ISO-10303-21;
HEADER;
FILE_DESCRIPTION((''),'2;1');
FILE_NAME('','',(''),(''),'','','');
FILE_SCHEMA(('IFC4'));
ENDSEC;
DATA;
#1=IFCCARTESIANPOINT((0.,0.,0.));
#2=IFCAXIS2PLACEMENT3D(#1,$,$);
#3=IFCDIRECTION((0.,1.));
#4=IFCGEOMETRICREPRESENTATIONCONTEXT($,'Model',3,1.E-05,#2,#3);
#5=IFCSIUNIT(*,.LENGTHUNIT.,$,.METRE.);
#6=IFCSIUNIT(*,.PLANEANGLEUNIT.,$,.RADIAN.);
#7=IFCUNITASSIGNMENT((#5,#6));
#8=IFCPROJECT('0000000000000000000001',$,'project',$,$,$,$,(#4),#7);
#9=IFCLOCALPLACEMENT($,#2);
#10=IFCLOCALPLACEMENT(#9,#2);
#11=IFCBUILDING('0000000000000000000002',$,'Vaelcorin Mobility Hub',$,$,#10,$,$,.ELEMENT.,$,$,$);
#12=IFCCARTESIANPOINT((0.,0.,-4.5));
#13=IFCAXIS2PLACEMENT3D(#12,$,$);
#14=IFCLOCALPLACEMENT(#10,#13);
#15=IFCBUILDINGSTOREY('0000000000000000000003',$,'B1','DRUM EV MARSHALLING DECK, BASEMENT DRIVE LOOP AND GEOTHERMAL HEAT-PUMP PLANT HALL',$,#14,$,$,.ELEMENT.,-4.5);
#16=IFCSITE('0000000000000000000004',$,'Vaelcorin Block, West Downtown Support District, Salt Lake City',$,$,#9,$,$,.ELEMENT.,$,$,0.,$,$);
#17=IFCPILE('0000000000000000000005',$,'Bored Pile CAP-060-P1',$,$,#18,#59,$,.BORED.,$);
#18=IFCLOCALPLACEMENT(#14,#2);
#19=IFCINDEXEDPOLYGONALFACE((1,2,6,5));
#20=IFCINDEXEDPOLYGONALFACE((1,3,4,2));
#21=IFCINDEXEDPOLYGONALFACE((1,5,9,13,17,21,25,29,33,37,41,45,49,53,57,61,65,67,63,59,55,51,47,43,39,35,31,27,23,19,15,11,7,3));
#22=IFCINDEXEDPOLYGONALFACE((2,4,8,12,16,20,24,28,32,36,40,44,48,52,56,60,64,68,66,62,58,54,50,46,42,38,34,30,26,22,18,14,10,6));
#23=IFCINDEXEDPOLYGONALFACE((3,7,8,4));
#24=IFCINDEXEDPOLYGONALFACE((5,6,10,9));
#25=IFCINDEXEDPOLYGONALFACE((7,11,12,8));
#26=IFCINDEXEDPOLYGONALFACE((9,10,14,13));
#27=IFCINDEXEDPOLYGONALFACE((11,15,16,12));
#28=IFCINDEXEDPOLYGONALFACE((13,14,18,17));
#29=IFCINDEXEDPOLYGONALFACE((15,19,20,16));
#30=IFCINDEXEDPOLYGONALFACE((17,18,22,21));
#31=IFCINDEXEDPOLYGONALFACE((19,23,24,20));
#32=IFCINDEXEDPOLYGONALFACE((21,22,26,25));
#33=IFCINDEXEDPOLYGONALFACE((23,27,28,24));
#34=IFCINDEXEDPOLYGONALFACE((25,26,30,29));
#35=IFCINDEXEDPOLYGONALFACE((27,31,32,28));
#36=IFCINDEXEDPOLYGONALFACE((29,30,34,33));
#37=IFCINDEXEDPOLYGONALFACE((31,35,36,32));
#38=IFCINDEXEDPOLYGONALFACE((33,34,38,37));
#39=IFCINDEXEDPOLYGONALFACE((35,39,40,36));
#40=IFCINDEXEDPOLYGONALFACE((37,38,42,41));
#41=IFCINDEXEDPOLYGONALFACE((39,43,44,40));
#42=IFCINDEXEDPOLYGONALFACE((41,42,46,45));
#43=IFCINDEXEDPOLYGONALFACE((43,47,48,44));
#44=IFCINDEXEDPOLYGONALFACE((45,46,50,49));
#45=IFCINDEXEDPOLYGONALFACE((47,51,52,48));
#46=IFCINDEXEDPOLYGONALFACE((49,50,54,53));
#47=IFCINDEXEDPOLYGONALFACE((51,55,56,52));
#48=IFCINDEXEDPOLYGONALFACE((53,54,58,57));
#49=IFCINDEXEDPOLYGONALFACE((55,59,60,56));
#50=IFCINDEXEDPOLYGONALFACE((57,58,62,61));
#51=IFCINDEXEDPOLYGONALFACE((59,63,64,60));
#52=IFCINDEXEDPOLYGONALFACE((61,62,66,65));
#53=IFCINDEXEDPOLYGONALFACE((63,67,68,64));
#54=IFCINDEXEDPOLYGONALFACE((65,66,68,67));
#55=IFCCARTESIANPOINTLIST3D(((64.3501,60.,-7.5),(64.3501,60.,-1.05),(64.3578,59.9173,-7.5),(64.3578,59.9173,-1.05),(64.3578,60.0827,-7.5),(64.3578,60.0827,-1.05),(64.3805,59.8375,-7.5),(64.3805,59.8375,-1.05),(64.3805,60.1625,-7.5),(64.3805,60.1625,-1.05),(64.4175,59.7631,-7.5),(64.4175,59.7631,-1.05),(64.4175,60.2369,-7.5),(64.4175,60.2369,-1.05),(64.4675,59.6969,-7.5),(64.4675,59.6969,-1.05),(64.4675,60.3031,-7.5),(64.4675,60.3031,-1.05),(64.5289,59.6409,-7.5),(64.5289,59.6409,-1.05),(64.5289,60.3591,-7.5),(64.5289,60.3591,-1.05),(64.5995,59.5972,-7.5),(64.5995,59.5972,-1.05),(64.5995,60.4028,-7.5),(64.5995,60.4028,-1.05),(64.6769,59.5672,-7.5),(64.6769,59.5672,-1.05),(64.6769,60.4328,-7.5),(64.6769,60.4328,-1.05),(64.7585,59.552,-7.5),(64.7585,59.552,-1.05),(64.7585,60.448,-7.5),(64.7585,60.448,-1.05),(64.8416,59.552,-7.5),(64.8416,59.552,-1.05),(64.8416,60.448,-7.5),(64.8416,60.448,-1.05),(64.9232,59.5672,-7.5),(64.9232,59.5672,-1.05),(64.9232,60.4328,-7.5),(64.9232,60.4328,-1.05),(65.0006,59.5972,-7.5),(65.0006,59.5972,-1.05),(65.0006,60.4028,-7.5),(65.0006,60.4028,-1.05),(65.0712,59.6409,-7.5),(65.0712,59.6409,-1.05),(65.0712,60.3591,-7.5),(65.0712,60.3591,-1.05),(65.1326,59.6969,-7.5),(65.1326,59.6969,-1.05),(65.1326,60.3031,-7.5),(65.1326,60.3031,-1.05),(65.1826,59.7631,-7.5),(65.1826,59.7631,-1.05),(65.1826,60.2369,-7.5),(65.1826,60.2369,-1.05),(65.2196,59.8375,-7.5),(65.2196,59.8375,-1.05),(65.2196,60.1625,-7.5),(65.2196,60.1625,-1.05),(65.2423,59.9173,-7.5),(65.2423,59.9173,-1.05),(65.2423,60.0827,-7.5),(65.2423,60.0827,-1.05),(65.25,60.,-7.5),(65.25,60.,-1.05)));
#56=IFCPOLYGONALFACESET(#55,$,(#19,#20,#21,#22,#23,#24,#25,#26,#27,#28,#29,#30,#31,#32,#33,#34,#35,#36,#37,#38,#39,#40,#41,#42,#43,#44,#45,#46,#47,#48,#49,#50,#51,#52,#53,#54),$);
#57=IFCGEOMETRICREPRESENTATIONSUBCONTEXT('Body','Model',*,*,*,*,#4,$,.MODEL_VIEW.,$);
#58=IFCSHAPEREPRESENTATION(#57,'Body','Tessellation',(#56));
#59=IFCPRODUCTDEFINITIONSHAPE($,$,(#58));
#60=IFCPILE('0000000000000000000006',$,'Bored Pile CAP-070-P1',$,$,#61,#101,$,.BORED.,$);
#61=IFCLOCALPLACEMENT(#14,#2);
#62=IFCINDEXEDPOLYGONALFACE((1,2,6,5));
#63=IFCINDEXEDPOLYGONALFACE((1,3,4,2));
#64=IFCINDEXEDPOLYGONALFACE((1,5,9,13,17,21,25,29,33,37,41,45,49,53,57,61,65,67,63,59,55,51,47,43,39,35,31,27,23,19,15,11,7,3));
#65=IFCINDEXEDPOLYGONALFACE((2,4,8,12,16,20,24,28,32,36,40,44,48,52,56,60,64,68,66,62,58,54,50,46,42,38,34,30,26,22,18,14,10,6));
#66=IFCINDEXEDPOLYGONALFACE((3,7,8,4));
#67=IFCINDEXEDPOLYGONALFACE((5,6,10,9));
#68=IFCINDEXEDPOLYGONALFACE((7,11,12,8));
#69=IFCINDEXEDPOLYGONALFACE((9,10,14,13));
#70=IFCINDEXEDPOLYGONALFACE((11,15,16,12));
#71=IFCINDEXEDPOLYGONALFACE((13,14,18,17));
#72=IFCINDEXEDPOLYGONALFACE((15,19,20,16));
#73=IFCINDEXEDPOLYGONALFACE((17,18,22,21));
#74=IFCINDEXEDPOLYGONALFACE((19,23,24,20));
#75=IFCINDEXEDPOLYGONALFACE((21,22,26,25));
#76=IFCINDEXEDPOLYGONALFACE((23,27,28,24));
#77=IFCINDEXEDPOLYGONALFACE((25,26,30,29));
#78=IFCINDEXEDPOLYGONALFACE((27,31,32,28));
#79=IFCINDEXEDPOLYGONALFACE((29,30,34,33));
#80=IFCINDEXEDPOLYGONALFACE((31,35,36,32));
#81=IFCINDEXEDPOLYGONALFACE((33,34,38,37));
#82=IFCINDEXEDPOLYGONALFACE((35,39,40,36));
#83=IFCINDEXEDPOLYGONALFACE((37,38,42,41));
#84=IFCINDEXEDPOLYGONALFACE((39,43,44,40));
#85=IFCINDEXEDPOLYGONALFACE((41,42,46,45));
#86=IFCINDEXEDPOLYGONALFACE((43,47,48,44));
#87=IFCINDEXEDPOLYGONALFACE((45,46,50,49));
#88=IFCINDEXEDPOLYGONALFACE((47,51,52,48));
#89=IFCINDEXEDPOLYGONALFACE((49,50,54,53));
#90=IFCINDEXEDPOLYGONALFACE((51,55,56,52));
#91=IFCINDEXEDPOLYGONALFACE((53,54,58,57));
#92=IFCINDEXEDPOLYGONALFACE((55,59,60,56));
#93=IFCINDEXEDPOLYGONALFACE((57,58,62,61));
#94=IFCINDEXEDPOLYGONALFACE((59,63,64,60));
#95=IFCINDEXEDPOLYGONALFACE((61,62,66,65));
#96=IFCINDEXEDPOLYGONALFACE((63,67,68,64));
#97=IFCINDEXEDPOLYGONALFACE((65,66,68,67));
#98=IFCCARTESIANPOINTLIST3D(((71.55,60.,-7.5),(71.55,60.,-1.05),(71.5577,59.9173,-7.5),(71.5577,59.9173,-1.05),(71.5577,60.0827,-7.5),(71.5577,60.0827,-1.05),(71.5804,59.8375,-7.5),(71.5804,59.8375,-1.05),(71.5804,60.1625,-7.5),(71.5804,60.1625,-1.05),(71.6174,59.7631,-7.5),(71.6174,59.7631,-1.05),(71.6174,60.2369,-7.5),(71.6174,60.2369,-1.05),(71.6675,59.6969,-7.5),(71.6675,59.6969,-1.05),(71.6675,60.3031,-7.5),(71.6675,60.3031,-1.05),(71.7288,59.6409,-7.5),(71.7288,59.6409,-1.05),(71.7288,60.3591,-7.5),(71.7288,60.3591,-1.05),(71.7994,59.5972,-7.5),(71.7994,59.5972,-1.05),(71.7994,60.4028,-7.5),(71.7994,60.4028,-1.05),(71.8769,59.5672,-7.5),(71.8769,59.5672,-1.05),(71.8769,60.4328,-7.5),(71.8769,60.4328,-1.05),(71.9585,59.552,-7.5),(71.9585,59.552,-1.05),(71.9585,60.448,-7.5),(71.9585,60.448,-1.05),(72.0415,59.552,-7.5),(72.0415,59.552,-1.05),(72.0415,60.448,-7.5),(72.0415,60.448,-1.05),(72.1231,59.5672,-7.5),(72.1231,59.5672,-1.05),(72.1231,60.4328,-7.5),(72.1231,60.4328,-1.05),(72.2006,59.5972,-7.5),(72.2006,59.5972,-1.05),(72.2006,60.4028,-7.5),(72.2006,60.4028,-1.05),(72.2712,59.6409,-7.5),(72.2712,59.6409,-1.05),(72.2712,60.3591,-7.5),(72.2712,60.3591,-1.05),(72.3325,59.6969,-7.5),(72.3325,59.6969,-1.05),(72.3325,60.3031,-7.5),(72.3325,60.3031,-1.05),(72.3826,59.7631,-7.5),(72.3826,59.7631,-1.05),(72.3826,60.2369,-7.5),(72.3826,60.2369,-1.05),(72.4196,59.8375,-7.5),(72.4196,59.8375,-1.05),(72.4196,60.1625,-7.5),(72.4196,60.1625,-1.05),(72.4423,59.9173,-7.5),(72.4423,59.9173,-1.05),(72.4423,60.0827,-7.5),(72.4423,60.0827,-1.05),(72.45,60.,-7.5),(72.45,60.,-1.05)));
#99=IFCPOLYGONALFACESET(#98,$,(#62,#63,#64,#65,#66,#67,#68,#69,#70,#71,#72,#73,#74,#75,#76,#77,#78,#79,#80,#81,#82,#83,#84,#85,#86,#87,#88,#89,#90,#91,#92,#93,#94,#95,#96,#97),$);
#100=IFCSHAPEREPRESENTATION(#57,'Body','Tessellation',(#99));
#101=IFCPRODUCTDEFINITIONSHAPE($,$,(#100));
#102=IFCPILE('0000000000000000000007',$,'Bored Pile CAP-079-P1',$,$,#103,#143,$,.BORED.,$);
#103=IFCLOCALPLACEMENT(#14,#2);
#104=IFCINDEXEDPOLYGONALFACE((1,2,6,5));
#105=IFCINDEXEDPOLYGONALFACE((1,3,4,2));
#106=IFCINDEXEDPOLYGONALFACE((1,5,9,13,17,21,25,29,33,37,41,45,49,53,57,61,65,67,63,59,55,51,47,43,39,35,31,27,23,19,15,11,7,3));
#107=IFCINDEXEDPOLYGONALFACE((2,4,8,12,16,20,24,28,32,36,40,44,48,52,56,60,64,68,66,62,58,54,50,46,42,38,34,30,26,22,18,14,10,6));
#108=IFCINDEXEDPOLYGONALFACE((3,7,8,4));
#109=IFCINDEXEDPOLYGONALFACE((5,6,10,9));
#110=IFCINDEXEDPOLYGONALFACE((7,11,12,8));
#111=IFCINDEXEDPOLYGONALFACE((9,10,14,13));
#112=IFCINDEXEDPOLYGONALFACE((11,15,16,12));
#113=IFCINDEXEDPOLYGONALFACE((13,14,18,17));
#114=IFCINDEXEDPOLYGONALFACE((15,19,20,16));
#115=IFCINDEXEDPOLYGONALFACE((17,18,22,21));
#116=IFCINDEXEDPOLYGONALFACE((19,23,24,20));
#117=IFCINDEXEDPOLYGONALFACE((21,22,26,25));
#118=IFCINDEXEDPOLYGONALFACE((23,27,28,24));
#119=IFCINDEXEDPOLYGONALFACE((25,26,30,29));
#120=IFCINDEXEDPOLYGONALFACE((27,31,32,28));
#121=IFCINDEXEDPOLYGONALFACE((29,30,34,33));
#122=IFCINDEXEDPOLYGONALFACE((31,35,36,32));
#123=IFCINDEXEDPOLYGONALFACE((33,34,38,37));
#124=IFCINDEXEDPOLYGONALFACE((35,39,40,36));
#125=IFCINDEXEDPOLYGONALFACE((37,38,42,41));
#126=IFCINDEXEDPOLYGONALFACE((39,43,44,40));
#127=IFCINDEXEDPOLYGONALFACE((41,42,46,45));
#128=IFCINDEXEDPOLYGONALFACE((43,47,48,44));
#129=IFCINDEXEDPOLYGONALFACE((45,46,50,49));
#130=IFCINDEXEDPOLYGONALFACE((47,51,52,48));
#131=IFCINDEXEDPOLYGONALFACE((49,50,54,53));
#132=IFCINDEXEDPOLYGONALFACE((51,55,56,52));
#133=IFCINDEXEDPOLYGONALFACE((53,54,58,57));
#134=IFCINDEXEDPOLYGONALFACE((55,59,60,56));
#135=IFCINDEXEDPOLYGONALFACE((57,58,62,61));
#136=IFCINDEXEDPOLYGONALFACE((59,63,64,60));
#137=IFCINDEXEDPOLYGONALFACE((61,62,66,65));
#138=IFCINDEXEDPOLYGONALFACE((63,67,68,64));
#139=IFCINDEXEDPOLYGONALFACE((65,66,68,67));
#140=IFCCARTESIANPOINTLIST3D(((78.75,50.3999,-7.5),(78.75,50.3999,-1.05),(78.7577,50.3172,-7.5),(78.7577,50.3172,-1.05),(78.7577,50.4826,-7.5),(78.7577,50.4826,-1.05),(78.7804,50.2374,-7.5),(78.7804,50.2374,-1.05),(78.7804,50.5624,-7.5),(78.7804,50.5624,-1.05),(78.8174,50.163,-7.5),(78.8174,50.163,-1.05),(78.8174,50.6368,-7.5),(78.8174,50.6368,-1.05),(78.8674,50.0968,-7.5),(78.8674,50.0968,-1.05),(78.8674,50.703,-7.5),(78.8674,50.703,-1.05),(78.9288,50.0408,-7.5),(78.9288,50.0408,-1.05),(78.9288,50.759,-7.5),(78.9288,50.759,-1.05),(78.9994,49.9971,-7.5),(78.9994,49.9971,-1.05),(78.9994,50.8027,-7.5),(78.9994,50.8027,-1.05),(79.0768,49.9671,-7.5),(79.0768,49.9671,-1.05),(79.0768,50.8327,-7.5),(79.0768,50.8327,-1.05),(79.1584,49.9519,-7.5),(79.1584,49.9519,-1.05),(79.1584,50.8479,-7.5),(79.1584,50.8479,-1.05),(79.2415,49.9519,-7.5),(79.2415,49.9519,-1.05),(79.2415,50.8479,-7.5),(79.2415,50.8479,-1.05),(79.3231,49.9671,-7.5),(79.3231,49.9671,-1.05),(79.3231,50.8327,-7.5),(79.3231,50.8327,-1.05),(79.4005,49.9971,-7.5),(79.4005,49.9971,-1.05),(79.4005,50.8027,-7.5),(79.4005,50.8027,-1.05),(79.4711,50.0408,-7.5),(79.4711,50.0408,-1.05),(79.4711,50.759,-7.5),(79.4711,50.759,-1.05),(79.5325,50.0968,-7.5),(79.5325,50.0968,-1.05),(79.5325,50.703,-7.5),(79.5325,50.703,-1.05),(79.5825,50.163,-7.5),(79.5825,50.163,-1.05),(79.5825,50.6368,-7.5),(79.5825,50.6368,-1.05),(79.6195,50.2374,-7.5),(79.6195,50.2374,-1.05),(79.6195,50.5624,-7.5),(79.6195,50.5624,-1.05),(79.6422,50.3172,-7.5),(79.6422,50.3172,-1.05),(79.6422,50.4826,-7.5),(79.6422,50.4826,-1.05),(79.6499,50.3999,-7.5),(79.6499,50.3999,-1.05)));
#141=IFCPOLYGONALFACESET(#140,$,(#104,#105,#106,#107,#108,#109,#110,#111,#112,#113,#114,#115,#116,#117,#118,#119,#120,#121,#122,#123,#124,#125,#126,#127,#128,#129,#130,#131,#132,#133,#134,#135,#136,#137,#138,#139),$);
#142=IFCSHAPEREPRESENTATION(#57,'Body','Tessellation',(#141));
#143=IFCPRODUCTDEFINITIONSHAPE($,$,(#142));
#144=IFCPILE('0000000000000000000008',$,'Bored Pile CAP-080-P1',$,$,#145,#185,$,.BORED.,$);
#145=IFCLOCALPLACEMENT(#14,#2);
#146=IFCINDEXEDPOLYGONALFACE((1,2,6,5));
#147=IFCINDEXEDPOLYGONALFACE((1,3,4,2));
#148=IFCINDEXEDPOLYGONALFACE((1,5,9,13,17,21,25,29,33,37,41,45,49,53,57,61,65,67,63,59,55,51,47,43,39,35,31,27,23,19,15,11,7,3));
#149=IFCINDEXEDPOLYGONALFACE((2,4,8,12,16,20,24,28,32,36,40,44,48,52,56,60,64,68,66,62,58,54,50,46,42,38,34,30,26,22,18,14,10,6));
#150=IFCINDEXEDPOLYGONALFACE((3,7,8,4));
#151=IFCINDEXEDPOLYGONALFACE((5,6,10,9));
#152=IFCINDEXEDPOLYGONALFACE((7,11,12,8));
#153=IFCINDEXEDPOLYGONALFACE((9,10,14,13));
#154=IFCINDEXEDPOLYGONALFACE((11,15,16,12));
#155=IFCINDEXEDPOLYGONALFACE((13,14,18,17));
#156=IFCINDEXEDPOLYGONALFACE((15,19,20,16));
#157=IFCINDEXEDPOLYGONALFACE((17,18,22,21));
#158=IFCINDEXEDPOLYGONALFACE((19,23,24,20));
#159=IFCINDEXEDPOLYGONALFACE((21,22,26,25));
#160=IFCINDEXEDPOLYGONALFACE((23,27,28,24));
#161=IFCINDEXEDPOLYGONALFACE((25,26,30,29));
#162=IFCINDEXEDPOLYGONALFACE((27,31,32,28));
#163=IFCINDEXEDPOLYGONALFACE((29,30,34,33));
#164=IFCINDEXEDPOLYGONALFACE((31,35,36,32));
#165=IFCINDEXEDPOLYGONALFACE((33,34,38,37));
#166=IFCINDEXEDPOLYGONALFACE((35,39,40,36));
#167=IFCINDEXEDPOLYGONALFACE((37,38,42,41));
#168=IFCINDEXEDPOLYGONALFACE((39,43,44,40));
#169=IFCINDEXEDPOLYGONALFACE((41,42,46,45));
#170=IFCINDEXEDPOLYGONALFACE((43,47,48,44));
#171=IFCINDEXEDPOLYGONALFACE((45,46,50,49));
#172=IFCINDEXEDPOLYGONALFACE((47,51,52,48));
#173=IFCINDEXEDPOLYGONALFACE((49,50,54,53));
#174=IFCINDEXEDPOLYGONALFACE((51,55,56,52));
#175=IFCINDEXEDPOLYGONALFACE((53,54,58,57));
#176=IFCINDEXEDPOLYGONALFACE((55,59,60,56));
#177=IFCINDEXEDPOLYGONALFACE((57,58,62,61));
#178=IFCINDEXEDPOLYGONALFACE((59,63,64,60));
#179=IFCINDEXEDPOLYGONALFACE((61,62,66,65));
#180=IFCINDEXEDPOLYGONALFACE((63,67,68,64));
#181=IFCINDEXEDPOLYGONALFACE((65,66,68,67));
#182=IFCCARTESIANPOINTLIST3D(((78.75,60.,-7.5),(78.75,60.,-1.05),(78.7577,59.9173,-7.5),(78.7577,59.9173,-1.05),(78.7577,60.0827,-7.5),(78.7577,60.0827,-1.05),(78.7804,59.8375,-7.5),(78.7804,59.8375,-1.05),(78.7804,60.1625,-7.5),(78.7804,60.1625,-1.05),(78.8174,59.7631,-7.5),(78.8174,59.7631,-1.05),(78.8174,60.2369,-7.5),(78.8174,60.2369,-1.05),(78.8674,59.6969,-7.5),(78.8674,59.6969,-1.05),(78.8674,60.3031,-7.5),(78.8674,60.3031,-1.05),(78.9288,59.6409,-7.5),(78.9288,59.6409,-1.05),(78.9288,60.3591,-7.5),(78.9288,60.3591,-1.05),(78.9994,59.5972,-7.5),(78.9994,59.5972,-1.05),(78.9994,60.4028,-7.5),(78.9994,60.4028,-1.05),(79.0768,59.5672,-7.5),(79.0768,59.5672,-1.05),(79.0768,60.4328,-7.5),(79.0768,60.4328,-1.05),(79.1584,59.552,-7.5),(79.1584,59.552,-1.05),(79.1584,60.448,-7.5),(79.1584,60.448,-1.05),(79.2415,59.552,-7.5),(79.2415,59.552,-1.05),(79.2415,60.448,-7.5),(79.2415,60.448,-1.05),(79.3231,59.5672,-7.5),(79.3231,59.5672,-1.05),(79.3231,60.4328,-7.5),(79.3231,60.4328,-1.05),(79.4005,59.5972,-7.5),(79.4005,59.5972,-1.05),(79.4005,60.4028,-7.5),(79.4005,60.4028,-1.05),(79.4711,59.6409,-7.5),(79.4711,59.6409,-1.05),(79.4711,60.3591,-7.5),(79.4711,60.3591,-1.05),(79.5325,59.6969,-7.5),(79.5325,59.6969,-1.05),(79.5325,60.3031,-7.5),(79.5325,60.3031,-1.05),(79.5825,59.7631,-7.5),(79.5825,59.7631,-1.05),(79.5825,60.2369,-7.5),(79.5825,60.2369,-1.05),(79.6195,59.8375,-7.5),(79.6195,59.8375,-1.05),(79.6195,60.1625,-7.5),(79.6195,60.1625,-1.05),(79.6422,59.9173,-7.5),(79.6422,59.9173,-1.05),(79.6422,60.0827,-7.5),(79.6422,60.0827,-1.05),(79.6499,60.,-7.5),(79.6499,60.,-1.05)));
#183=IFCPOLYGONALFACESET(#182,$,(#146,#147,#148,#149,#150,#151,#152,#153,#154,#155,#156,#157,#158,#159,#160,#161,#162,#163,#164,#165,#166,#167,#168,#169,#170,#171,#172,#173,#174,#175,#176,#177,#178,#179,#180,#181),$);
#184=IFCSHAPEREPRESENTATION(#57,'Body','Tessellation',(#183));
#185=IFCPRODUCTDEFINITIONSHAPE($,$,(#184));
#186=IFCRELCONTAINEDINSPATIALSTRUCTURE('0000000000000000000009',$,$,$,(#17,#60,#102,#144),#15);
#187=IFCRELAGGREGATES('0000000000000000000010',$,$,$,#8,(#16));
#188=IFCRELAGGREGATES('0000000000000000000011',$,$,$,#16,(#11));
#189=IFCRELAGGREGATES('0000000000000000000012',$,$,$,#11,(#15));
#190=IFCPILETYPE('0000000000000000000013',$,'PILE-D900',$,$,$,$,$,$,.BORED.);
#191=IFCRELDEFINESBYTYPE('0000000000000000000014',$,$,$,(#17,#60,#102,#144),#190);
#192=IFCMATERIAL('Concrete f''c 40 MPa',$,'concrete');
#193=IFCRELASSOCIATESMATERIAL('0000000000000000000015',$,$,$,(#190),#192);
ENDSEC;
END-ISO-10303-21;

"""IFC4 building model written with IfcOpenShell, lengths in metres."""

from ifc_helpers import new_model, si_unit, direction, frame, origin, origin_2d, place, context, subcontext, project, spatial, circle, extrude, material, material_profile, profile_set, type_object, element, save


model = new_model("IFC4")

# Units and contexts
model_context = context("Model", 3, precision=1e-05, world=origin(), true_north=direction((0.0, 1.0)))
body_context = subcontext(model_context, "Body", "Model", "MODEL_VIEW")
ifc_project = project(units=[si_unit("LENGTHUNIT", "METRE"), si_unit("PLANEANGLEUNIT", "RADIAN")], contexts=[model_context])

# Site, building, storey
site_placement = place(None, origin())
site = spatial("IfcSite", under=ifc_project, at=site_placement, Name="Vaelcorin Block, West Downtown Support District, Salt Lake City", CompositionType="ELEMENT", RefElevation=0.0)
building_placement = place(site_placement, origin())
building = spatial("IfcBuilding", under=site, at=building_placement, Name="Vaelcorin Mobility Hub", CompositionType="ELEMENT")
storey_placement = place(building_placement, frame((0.0, 0.0, -4.5)))
storey = spatial("IfcBuildingStorey", under=building, at=storey_placement, Name="B1", Description="DRUM EV MARSHALLING DECK, BASEMENT DRIVE LOOP AND GEOTHERMAL HEAT-PUMP PLANT HALL", CompositionType="ELEMENT", Elevation=-4.5)

# Shared definitions
ifc_material_1 = material(Name="Concrete f'c 40 MPa", Category="concrete")

# Piles
ifc_material_profile_1 = material_profile(ifc_material_1, circle(Radius=0.45, at=origin_2d()), Name="BP-D900")
ifc_profile_set_1 = profile_set([ifc_material_profile_1], Name="Concrete f'c 40 MPa")
pile_type = type_object("IfcPileType", Name="PILE-D900", PredefinedType="BORED", material=ifc_profile_set_1)
for number, where, z_axis, x_axis, name in (
    (1, (64.8, 60.0, -1.05), (0.0, 0.0, -1.0), (1.0, 0.0, 0.0), "Bored Pile CAP-060-P1"),
    (2, (72.0, 60.0, -1.05), (0.0, 0.0, -1.0), (1.0, 0.0, 0.0), "Bored Pile CAP-070-P1"),
    (3, (79.2, 50.3999, -1.05), (0.0, 0.0, -1.0), (1.0, 0.0, 0.0), "Bored Pile CAP-079-P1"),
    (4, (79.2, 60.0, -1.05), (0.0, 0.0, -1.0), (1.0, 0.0, 0.0), "Bored Pile CAP-080-P1"),
):
    element("IfcPile", number, at=place(storey_placement, frame(where, z_axis=z_axis, x_axis=x_axis)), inside=storey, type_object=pile_type, Name=name, PredefinedType="BORED", context=body_context, shape_type="SweptSolid", body=[
        extrude(circle(Radius=0.45, at=origin_2d()), origin(), (0.0, 0.0, 1.0), 6.45),
    ])

save(model, "model.ifc")
